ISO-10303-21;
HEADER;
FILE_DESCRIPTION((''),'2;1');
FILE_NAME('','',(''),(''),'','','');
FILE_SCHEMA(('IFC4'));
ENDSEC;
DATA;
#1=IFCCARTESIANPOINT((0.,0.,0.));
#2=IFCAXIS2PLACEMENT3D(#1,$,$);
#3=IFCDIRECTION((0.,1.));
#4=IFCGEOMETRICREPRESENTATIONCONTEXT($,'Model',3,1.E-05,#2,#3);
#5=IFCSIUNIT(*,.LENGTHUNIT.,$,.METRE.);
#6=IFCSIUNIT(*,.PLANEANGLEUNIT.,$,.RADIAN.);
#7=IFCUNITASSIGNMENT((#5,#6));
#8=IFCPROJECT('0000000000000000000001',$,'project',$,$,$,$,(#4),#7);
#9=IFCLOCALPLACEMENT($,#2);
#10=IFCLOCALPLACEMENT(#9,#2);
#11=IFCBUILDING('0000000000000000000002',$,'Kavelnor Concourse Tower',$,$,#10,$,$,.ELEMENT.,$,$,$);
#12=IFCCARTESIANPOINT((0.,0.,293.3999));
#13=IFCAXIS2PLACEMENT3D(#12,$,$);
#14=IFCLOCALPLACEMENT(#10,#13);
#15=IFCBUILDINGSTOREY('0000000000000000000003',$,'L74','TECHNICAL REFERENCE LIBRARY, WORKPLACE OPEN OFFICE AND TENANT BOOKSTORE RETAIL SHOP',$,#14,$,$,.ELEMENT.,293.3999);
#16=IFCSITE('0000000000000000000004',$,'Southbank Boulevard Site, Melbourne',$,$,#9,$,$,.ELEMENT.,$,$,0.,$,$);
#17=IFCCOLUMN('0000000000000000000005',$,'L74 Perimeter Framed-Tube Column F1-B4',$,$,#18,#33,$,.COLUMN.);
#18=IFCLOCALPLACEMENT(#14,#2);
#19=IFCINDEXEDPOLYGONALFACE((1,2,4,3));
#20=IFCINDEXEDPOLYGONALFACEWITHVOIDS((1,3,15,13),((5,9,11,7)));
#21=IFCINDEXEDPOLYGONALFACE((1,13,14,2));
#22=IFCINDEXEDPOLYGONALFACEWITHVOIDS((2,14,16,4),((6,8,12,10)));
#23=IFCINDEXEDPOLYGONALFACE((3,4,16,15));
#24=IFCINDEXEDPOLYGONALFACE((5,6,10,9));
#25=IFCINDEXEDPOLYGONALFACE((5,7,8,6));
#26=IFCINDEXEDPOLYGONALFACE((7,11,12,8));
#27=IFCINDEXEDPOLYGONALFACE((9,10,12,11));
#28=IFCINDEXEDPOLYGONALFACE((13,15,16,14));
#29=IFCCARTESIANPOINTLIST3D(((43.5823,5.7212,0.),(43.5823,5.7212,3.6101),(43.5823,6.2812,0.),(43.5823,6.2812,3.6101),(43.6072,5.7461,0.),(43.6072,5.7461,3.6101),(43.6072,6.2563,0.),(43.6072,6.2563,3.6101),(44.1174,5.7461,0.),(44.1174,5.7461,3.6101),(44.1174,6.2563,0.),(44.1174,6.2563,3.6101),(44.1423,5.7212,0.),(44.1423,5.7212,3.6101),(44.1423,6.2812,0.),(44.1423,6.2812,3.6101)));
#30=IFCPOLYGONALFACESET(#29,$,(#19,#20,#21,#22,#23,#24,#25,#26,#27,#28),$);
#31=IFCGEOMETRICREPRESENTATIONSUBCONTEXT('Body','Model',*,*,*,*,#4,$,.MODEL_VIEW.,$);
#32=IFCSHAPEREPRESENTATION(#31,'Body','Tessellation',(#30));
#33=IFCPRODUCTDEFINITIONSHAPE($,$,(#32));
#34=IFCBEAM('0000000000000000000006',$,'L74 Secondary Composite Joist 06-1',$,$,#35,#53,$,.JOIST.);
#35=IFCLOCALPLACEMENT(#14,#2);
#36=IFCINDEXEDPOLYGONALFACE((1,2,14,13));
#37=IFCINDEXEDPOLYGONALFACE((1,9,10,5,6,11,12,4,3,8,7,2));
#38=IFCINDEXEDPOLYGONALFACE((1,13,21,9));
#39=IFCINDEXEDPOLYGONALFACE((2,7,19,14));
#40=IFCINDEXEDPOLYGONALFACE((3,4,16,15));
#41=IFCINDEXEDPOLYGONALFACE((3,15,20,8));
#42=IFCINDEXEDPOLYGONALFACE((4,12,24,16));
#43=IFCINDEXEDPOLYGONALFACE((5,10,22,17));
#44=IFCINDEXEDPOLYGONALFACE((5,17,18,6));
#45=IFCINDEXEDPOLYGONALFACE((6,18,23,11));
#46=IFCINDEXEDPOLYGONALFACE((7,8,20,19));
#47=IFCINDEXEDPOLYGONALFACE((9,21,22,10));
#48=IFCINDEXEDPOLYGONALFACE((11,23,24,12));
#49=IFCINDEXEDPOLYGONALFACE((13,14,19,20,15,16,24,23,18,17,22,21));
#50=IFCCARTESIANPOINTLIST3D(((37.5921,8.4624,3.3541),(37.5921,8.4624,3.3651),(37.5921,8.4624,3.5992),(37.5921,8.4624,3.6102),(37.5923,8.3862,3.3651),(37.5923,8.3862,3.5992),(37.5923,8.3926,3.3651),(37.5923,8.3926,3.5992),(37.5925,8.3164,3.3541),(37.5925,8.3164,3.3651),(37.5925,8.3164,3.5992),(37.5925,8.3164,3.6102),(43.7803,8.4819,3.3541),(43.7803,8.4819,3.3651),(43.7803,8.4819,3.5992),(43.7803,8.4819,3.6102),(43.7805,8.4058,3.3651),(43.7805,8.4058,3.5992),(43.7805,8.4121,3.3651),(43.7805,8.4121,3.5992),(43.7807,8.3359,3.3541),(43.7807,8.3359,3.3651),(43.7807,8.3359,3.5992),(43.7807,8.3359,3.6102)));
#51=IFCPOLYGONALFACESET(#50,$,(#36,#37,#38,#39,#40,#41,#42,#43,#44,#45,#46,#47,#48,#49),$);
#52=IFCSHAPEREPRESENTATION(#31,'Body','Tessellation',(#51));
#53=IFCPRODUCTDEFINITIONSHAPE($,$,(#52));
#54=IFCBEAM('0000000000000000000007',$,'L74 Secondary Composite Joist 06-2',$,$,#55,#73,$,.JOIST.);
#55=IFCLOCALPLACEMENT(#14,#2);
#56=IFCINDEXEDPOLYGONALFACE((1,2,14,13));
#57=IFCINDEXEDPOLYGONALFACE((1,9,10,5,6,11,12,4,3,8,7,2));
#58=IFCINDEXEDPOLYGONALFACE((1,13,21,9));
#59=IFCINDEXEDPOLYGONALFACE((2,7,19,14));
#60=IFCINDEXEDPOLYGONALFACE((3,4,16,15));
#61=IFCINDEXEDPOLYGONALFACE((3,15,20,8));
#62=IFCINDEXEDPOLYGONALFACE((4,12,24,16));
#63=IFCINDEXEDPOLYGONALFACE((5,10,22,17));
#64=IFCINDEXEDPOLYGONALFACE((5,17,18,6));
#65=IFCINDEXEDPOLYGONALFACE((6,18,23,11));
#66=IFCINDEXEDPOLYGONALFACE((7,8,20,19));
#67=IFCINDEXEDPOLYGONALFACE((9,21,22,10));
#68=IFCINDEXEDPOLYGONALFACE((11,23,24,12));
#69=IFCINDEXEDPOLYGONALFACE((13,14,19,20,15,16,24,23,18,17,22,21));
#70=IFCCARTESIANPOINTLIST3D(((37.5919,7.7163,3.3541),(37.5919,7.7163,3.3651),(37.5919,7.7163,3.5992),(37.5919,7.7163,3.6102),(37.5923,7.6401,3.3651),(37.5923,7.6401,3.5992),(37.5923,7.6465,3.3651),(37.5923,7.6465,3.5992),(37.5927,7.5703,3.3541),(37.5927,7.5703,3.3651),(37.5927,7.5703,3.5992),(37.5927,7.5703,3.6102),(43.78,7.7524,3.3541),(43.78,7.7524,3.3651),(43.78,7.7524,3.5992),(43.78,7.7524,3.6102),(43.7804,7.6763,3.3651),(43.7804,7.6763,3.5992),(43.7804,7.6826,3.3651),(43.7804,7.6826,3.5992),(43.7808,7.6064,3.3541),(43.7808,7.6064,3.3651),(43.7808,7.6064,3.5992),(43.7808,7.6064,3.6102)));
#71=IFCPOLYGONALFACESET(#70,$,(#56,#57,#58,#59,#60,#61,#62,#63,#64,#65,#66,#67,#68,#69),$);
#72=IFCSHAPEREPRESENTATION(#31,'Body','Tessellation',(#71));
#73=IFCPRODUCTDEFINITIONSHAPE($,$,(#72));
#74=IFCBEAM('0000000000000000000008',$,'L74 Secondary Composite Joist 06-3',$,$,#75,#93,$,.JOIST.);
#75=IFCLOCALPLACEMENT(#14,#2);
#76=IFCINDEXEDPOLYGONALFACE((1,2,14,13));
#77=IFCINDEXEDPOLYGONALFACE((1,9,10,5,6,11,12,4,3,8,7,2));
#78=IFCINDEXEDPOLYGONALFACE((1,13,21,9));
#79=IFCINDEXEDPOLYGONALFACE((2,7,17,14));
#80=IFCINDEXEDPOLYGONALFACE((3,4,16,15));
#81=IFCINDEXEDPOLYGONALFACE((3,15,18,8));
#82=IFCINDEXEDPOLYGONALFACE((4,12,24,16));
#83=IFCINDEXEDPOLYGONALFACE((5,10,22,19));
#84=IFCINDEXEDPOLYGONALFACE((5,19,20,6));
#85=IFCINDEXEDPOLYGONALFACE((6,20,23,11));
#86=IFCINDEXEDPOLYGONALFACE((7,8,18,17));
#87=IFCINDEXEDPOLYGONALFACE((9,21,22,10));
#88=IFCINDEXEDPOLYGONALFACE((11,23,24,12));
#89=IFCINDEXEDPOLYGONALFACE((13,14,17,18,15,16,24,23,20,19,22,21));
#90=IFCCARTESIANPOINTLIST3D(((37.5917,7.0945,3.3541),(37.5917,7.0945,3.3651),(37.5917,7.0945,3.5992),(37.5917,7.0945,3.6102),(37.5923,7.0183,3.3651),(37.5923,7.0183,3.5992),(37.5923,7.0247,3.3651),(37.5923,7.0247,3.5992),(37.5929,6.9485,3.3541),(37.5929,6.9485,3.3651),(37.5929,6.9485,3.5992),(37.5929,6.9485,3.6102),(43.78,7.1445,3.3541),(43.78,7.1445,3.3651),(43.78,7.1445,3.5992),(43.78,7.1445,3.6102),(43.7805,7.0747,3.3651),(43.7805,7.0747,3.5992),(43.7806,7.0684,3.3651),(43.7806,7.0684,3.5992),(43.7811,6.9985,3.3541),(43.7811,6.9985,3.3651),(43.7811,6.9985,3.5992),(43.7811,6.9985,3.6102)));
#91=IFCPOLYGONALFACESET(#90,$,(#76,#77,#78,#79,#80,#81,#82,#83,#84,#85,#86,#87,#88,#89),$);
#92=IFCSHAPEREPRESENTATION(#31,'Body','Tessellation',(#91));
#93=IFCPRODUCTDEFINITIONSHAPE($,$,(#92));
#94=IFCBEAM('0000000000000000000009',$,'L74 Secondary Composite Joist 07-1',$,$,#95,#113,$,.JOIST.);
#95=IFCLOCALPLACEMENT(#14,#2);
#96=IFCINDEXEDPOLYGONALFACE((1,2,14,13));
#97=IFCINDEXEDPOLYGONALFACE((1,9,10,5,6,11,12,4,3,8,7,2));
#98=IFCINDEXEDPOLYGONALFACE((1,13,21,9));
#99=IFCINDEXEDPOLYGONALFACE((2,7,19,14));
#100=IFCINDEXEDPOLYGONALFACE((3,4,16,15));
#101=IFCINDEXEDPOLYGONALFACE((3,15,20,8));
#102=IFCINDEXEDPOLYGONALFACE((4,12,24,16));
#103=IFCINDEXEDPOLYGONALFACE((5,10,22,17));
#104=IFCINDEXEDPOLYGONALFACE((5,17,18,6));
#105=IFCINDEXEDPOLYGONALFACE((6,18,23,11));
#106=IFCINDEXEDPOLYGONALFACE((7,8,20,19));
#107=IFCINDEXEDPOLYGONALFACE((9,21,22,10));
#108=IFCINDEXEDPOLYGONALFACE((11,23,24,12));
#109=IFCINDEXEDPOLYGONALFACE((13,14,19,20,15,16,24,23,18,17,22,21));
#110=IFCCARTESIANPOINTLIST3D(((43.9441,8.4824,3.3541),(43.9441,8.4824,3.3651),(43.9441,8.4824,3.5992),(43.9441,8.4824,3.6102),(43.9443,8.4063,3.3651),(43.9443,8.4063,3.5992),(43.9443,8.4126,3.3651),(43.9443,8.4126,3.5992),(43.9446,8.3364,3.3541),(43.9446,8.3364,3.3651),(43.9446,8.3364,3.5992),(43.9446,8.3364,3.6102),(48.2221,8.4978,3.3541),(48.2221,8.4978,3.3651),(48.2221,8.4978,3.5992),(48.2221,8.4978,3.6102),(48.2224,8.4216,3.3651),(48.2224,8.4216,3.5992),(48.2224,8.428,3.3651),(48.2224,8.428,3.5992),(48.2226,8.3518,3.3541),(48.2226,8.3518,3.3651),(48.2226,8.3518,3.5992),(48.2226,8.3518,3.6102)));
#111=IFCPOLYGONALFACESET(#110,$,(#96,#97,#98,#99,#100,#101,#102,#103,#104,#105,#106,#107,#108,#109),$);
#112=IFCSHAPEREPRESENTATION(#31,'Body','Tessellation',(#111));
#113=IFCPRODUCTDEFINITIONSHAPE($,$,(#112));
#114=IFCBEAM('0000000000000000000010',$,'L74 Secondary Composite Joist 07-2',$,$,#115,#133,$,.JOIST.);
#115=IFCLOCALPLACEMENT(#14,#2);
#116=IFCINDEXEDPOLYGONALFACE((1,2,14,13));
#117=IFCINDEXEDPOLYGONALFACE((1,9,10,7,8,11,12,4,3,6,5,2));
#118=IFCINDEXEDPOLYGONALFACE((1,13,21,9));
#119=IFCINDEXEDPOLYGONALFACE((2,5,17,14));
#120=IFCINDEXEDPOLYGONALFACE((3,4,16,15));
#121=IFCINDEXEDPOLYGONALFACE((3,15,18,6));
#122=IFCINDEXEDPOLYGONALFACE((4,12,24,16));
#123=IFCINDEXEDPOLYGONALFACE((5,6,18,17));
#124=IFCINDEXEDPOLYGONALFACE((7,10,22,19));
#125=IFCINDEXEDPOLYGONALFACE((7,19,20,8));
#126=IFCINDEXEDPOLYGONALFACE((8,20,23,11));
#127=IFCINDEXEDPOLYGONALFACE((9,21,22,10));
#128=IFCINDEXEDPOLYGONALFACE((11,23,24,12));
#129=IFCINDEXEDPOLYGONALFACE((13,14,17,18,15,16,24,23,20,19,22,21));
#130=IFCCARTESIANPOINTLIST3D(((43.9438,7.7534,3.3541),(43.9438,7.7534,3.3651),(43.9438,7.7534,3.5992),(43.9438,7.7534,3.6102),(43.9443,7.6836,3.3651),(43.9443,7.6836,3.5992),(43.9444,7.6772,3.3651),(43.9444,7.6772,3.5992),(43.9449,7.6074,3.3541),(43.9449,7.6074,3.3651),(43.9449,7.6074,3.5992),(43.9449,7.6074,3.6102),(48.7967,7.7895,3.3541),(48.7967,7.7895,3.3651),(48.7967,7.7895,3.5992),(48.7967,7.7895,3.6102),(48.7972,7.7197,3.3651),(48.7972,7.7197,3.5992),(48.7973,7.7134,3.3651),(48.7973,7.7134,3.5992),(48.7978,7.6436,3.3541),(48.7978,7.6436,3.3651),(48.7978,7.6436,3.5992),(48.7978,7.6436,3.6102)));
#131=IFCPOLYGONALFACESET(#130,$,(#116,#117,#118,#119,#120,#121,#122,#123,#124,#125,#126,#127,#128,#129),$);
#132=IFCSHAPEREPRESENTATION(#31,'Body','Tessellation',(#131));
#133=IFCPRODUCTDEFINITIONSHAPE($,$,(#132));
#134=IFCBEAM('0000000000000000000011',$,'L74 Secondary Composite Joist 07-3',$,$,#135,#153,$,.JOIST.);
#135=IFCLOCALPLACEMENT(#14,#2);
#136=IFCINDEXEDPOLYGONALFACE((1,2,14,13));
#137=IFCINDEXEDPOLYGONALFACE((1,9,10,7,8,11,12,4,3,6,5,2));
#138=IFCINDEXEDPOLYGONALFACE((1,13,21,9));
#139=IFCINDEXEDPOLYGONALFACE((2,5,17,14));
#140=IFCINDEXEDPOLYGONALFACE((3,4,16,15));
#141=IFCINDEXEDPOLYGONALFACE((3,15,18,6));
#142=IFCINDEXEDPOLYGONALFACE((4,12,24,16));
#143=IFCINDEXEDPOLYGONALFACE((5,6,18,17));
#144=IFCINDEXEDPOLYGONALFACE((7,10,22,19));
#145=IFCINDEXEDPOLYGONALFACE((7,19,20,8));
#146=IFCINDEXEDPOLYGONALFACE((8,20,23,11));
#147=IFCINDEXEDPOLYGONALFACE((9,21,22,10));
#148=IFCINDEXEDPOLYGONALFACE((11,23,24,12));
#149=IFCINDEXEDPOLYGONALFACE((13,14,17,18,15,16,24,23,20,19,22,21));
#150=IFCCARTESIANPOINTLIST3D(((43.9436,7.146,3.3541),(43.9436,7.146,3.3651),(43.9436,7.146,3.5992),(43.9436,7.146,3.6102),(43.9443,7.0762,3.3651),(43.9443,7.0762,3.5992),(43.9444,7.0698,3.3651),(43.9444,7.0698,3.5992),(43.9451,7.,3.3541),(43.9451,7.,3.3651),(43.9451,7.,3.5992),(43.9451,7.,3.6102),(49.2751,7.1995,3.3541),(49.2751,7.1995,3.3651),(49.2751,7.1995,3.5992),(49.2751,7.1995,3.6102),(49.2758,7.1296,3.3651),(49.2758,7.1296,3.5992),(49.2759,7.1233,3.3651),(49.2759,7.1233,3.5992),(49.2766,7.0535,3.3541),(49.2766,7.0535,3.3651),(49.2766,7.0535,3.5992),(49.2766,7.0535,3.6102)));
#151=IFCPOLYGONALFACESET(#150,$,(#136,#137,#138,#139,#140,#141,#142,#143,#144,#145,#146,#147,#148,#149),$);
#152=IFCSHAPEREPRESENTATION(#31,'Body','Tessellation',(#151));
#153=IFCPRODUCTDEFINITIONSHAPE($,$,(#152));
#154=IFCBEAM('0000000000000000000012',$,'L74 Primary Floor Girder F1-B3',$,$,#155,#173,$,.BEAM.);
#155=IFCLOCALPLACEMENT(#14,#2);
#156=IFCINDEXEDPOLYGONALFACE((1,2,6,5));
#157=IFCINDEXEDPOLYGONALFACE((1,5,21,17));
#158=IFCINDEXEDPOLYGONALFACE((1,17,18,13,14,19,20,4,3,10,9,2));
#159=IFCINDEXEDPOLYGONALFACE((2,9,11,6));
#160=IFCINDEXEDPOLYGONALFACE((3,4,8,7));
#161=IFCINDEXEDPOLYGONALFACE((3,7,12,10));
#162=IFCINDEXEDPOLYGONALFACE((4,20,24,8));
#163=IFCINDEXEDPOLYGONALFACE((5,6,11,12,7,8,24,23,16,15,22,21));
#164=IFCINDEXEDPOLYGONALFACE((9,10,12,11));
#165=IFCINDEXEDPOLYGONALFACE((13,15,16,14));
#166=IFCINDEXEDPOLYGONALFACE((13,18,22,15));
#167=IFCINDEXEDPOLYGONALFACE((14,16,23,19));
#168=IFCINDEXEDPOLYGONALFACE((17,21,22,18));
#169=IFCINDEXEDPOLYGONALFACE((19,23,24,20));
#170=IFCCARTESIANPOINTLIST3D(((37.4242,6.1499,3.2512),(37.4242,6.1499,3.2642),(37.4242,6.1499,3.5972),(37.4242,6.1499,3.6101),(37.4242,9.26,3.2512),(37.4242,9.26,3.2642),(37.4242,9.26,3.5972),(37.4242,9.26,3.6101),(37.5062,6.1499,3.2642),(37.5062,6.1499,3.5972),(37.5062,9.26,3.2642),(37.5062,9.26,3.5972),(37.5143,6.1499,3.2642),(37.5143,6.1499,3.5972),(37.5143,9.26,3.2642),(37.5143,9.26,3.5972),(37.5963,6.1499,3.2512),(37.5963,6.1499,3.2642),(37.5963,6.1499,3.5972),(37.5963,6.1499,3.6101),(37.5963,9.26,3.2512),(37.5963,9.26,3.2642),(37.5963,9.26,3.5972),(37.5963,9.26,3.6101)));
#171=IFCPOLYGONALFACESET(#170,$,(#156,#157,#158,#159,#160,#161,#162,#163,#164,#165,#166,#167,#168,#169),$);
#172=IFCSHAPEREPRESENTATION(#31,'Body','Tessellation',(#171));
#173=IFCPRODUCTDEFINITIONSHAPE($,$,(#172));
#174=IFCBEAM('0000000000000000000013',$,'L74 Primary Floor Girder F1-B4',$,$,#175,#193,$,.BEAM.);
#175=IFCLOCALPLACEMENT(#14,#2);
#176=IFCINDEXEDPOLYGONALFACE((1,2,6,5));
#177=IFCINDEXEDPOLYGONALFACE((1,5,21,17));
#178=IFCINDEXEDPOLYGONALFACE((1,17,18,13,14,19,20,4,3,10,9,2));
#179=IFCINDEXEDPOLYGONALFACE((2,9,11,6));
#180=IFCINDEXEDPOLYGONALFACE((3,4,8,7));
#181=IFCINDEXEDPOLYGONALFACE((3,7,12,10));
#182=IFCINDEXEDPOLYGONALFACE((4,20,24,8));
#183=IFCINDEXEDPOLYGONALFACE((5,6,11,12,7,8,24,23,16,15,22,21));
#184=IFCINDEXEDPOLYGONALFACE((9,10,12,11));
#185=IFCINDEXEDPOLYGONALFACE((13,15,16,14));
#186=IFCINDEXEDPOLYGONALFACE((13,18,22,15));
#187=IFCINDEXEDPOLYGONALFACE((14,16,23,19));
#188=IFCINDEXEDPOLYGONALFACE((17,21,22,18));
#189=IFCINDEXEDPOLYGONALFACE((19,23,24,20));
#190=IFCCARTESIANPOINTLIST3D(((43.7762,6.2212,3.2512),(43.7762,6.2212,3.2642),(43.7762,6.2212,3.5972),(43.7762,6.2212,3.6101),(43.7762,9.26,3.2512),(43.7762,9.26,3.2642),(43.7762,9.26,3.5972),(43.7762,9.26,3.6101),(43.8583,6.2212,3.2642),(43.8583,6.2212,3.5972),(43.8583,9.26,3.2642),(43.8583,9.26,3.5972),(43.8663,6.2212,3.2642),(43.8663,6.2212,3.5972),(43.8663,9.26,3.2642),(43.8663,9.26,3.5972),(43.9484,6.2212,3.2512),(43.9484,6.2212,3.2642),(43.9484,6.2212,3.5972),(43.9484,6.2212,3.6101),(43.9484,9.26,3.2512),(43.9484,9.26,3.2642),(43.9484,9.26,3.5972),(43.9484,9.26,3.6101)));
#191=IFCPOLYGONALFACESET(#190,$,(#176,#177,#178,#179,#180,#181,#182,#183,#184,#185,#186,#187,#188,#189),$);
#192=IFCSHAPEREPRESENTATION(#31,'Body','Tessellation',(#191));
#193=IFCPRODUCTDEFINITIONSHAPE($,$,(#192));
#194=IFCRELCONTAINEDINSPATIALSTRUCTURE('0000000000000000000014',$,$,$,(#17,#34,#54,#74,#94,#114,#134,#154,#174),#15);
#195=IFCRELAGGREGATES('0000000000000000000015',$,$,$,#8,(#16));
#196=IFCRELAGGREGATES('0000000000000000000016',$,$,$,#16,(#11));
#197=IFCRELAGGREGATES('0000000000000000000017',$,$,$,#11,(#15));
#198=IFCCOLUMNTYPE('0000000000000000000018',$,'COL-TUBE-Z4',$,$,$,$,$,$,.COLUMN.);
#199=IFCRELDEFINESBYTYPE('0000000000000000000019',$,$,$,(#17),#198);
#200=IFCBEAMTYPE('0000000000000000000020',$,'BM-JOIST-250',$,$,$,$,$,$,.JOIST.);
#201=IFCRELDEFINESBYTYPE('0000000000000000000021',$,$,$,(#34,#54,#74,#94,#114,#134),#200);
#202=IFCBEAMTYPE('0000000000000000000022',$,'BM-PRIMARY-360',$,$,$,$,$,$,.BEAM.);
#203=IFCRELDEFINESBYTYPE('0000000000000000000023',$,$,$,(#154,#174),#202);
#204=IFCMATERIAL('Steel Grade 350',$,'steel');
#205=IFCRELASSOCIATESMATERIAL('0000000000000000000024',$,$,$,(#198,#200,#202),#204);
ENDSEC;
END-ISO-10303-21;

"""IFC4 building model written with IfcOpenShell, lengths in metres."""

from ifc_helpers import new_model, si_unit, direction, frame, origin, origin_2d, place, context, subcontext, project, spatial, hollow_rectangle, i_section, extrude, material, material_profile, profile_set, type_object, element, save


model = new_model("IFC4")

# Units and contexts
model_context = context("Model", 3, precision=1e-05, world=origin(), true_north=direction((0.0, 1.0)))
body_context = subcontext(model_context, "Body", "Model", "MODEL_VIEW")
ifc_project = project(units=[si_unit("LENGTHUNIT", "METRE"), si_unit("PLANEANGLEUNIT", "RADIAN")], contexts=[model_context])

# Site, building, storey
site_placement = place(None, origin())
site = spatial("IfcSite", under=ifc_project, at=site_placement, Name="Southbank Boulevard Site, Melbourne", CompositionType="ELEMENT", RefElevation=0.0)
building_placement = place(site_placement, origin())
building = spatial("IfcBuilding", under=site, at=building_placement, Name="Kavelnor Concourse Tower", CompositionType="ELEMENT")
storey_placement = place(building_placement, frame((0.0, 0.0, 293.3999)))
storey = spatial("IfcBuildingStorey", under=building, at=storey_placement, Name="L74", Description="TECHNICAL REFERENCE LIBRARY, WORKPLACE OPEN OFFICE AND TENANT BOOKSTORE RETAIL SHOP", CompositionType="ELEMENT", Elevation=293.3999)

# Column
ifc_material_1 = material(Name="Steel Grade 350", Category="steel")
ifc_material_profile_1 = material_profile(ifc_material_1, hollow_rectangle(XDim=0.5601, YDim=0.5601, WallThickness=0.0249, at=origin_2d()), Name="SHS 560x560x25")
ifc_profile_set_1 = profile_set([ifc_material_profile_1], Name="Steel Grade 350")
column_type = type_object("IfcColumnType", Name="COL-TUBE-Z4", PredefinedType="COLUMN", material=ifc_profile_set_1)
column_placement = place(storey_placement, frame((43.8623, 6.0012, 0.0), z_axis=(0.0, 0.0, 1.0), x_axis=(1.0, 0.0, 0.0)))
element("IfcColumn", 1, at=column_placement, inside=storey, type_object=column_type, Name="L74 Perimeter Framed-Tube Column F1-B4", PredefinedType="COLUMN", context=body_context, shape_type="SweptSolid", body=[
    extrude(hollow_rectangle(XDim=0.5601, YDim=0.5601, WallThickness=0.0249, at=origin_2d()), origin(), (0.0, 0.0, 1.0), 3.6101),
])

# Beams
ifc_material_profile_2 = material_profile(ifc_material_1, i_section(OverallWidth=0.146, OverallDepth=0.2561, WebThickness=0.0063, FlangeThickness=0.011, at=origin_2d()), Name="250UB37")
ifc_profile_set_2 = profile_set([ifc_material_profile_2], Name="Steel Grade 350")
beam_type_1 = type_object("IfcBeamType", Name="BM-JOIST-250", PredefinedType="JOIST", material=ifc_profile_set_2)
for number, where, z_axis, x_axis, name in (
    (2, (37.5923, 8.3894, 3.4822), (0.999995, 0.003156, 0.0), (-0.003156, 0.999995, 0.0), "L74 Secondary Composite Joist 06-1"),
    (3, (37.5923, 7.6433, 3.4822), (0.999983, 0.005839, 0.0), (-0.005839, 0.999983, 0.0), "L74 Secondary Composite Joist 06-2"),
):
    element("IfcBeam", number, at=place(storey_placement, frame(where, z_axis=z_axis, x_axis=x_axis)), inside=storey, type_object=beam_type_1, Name=name, PredefinedType="JOIST", context=body_context, shape_type="SweptSolid", body=[
        extrude(i_section(OverallWidth=0.146, OverallDepth=0.2561, WebThickness=0.0063, FlangeThickness=0.011, at=origin_2d()), origin(), (0.0, 0.0, 1.0), 6.1882),
    ])
beam_1_placement = place(storey_placement, frame((37.5923, 7.0215, 3.4822), z_axis=(0.999967, 0.008087, 0.0), x_axis=(-0.008087, 0.999967, 0.0)))
element("IfcBeam", 4, at=beam_1_placement, inside=storey, type_object=beam_type_1, Name="L74 Secondary Composite Joist 06-3", PredefinedType="JOIST", context=body_context, shape_type="SweptSolid", body=[
    extrude(i_section(OverallWidth=0.146, OverallDepth=0.2561, WebThickness=0.0063, FlangeThickness=0.011, at=origin_2d()), origin(), (0.0, 0.0, 1.0), 6.1885),
])
beam_2_placement = place(storey_placement, frame((43.9443, 8.4094, 3.4822), z_axis=(0.999994, 0.003595, 0.0), x_axis=(-0.003595, 0.999994, 0.0)))
element("IfcBeam", 5, at=beam_2_placement, inside=storey, type_object=beam_type_1, Name="L74 Secondary Composite Joist 07-1", PredefinedType="JOIST", context=body_context, shape_type="SweptSolid", body=[
    extrude(i_section(OverallWidth=0.146, OverallDepth=0.2561, WebThickness=0.0063, FlangeThickness=0.011, at=origin_2d()), origin(), (0.0, 0.0, 1.0), 4.2781),
])
beam_3_placement = place(storey_placement, frame((43.9443, 7.6804, 3.4822), z_axis=(0.999972, 0.007446, 0.0), x_axis=(-0.007446, 0.999972, 0.0)))
element("IfcBeam", 6, at=beam_3_placement, inside=storey, type_object=beam_type_1, Name="L74 Secondary Composite Joist 07-2", PredefinedType="JOIST", context=body_context, shape_type="SweptSolid", body=[
    extrude(i_section(OverallWidth=0.146, OverallDepth=0.2561, WebThickness=0.0063, FlangeThickness=0.011, at=origin_2d()), origin(), (0.0, 0.0, 1.0), 4.853),
])
beam_4_placement = place(storey_placement, frame((43.9443, 7.073, 3.4822), z_axis=(0.99995, 0.010028, 0.0), x_axis=(-0.010028, 0.99995, 0.0)))
element("IfcBeam", 7, at=beam_4_placement, inside=storey, type_object=beam_type_1, Name="L74 Secondary Composite Joist 07-3", PredefinedType="JOIST", context=body_context, shape_type="SweptSolid", body=[
    extrude(i_section(OverallWidth=0.146, OverallDepth=0.2561, WebThickness=0.0063, FlangeThickness=0.011, at=origin_2d()), origin(), (0.0, 0.0, 1.0), 5.3318),
])
ifc_material_profile_3 = material_profile(ifc_material_1, i_section(OverallWidth=0.1721, OverallDepth=0.3589, WebThickness=0.0081, FlangeThickness=0.0129, at=origin_2d()), Name="360UB56")
ifc_profile_set_3 = profile_set([ifc_material_profile_3], Name="Steel Grade 350")
beam_type_2 = type_object("IfcBeamType", Name="BM-PRIMARY-360", PredefinedType="BEAM", material=ifc_profile_set_3)
beam_5_placement = place(storey_placement, frame((37.5103, 9.26, 3.4307), z_axis=(0.0, -1.0, 0.0), x_axis=(1.0, 0.0, 0.0)))
element("IfcBeam", 8, at=beam_5_placement, inside=storey, type_object=beam_type_2, Name="L74 Primary Floor Girder F1-B3", PredefinedType="BEAM", context=body_context, shape_type="SweptSolid", body=[
    extrude(i_section(OverallWidth=0.1721, OverallDepth=0.3589, WebThickness=0.0081, FlangeThickness=0.0129, at=origin_2d()), origin(), (0.0, 0.0, 1.0), 3.1101),
])
beam_6_placement = place(storey_placement, frame((43.8623, 9.26, 3.4307), z_axis=(0.0, -1.0, 0.0), x_axis=(1.0, 0.0, 0.0)))
element("IfcBeam", 9, at=beam_6_placement, inside=storey, type_object=beam_type_2, Name="L74 Primary Floor Girder F1-B4", PredefinedType="BEAM", context=body_context, shape_type="SweptSolid", body=[
    extrude(i_section(OverallWidth=0.1721, OverallDepth=0.3589, WebThickness=0.0081, FlangeThickness=0.0129, at=origin_2d()), origin(), (0.0, 0.0, 1.0), 3.0388),
])

save(model, "model.ifc")
